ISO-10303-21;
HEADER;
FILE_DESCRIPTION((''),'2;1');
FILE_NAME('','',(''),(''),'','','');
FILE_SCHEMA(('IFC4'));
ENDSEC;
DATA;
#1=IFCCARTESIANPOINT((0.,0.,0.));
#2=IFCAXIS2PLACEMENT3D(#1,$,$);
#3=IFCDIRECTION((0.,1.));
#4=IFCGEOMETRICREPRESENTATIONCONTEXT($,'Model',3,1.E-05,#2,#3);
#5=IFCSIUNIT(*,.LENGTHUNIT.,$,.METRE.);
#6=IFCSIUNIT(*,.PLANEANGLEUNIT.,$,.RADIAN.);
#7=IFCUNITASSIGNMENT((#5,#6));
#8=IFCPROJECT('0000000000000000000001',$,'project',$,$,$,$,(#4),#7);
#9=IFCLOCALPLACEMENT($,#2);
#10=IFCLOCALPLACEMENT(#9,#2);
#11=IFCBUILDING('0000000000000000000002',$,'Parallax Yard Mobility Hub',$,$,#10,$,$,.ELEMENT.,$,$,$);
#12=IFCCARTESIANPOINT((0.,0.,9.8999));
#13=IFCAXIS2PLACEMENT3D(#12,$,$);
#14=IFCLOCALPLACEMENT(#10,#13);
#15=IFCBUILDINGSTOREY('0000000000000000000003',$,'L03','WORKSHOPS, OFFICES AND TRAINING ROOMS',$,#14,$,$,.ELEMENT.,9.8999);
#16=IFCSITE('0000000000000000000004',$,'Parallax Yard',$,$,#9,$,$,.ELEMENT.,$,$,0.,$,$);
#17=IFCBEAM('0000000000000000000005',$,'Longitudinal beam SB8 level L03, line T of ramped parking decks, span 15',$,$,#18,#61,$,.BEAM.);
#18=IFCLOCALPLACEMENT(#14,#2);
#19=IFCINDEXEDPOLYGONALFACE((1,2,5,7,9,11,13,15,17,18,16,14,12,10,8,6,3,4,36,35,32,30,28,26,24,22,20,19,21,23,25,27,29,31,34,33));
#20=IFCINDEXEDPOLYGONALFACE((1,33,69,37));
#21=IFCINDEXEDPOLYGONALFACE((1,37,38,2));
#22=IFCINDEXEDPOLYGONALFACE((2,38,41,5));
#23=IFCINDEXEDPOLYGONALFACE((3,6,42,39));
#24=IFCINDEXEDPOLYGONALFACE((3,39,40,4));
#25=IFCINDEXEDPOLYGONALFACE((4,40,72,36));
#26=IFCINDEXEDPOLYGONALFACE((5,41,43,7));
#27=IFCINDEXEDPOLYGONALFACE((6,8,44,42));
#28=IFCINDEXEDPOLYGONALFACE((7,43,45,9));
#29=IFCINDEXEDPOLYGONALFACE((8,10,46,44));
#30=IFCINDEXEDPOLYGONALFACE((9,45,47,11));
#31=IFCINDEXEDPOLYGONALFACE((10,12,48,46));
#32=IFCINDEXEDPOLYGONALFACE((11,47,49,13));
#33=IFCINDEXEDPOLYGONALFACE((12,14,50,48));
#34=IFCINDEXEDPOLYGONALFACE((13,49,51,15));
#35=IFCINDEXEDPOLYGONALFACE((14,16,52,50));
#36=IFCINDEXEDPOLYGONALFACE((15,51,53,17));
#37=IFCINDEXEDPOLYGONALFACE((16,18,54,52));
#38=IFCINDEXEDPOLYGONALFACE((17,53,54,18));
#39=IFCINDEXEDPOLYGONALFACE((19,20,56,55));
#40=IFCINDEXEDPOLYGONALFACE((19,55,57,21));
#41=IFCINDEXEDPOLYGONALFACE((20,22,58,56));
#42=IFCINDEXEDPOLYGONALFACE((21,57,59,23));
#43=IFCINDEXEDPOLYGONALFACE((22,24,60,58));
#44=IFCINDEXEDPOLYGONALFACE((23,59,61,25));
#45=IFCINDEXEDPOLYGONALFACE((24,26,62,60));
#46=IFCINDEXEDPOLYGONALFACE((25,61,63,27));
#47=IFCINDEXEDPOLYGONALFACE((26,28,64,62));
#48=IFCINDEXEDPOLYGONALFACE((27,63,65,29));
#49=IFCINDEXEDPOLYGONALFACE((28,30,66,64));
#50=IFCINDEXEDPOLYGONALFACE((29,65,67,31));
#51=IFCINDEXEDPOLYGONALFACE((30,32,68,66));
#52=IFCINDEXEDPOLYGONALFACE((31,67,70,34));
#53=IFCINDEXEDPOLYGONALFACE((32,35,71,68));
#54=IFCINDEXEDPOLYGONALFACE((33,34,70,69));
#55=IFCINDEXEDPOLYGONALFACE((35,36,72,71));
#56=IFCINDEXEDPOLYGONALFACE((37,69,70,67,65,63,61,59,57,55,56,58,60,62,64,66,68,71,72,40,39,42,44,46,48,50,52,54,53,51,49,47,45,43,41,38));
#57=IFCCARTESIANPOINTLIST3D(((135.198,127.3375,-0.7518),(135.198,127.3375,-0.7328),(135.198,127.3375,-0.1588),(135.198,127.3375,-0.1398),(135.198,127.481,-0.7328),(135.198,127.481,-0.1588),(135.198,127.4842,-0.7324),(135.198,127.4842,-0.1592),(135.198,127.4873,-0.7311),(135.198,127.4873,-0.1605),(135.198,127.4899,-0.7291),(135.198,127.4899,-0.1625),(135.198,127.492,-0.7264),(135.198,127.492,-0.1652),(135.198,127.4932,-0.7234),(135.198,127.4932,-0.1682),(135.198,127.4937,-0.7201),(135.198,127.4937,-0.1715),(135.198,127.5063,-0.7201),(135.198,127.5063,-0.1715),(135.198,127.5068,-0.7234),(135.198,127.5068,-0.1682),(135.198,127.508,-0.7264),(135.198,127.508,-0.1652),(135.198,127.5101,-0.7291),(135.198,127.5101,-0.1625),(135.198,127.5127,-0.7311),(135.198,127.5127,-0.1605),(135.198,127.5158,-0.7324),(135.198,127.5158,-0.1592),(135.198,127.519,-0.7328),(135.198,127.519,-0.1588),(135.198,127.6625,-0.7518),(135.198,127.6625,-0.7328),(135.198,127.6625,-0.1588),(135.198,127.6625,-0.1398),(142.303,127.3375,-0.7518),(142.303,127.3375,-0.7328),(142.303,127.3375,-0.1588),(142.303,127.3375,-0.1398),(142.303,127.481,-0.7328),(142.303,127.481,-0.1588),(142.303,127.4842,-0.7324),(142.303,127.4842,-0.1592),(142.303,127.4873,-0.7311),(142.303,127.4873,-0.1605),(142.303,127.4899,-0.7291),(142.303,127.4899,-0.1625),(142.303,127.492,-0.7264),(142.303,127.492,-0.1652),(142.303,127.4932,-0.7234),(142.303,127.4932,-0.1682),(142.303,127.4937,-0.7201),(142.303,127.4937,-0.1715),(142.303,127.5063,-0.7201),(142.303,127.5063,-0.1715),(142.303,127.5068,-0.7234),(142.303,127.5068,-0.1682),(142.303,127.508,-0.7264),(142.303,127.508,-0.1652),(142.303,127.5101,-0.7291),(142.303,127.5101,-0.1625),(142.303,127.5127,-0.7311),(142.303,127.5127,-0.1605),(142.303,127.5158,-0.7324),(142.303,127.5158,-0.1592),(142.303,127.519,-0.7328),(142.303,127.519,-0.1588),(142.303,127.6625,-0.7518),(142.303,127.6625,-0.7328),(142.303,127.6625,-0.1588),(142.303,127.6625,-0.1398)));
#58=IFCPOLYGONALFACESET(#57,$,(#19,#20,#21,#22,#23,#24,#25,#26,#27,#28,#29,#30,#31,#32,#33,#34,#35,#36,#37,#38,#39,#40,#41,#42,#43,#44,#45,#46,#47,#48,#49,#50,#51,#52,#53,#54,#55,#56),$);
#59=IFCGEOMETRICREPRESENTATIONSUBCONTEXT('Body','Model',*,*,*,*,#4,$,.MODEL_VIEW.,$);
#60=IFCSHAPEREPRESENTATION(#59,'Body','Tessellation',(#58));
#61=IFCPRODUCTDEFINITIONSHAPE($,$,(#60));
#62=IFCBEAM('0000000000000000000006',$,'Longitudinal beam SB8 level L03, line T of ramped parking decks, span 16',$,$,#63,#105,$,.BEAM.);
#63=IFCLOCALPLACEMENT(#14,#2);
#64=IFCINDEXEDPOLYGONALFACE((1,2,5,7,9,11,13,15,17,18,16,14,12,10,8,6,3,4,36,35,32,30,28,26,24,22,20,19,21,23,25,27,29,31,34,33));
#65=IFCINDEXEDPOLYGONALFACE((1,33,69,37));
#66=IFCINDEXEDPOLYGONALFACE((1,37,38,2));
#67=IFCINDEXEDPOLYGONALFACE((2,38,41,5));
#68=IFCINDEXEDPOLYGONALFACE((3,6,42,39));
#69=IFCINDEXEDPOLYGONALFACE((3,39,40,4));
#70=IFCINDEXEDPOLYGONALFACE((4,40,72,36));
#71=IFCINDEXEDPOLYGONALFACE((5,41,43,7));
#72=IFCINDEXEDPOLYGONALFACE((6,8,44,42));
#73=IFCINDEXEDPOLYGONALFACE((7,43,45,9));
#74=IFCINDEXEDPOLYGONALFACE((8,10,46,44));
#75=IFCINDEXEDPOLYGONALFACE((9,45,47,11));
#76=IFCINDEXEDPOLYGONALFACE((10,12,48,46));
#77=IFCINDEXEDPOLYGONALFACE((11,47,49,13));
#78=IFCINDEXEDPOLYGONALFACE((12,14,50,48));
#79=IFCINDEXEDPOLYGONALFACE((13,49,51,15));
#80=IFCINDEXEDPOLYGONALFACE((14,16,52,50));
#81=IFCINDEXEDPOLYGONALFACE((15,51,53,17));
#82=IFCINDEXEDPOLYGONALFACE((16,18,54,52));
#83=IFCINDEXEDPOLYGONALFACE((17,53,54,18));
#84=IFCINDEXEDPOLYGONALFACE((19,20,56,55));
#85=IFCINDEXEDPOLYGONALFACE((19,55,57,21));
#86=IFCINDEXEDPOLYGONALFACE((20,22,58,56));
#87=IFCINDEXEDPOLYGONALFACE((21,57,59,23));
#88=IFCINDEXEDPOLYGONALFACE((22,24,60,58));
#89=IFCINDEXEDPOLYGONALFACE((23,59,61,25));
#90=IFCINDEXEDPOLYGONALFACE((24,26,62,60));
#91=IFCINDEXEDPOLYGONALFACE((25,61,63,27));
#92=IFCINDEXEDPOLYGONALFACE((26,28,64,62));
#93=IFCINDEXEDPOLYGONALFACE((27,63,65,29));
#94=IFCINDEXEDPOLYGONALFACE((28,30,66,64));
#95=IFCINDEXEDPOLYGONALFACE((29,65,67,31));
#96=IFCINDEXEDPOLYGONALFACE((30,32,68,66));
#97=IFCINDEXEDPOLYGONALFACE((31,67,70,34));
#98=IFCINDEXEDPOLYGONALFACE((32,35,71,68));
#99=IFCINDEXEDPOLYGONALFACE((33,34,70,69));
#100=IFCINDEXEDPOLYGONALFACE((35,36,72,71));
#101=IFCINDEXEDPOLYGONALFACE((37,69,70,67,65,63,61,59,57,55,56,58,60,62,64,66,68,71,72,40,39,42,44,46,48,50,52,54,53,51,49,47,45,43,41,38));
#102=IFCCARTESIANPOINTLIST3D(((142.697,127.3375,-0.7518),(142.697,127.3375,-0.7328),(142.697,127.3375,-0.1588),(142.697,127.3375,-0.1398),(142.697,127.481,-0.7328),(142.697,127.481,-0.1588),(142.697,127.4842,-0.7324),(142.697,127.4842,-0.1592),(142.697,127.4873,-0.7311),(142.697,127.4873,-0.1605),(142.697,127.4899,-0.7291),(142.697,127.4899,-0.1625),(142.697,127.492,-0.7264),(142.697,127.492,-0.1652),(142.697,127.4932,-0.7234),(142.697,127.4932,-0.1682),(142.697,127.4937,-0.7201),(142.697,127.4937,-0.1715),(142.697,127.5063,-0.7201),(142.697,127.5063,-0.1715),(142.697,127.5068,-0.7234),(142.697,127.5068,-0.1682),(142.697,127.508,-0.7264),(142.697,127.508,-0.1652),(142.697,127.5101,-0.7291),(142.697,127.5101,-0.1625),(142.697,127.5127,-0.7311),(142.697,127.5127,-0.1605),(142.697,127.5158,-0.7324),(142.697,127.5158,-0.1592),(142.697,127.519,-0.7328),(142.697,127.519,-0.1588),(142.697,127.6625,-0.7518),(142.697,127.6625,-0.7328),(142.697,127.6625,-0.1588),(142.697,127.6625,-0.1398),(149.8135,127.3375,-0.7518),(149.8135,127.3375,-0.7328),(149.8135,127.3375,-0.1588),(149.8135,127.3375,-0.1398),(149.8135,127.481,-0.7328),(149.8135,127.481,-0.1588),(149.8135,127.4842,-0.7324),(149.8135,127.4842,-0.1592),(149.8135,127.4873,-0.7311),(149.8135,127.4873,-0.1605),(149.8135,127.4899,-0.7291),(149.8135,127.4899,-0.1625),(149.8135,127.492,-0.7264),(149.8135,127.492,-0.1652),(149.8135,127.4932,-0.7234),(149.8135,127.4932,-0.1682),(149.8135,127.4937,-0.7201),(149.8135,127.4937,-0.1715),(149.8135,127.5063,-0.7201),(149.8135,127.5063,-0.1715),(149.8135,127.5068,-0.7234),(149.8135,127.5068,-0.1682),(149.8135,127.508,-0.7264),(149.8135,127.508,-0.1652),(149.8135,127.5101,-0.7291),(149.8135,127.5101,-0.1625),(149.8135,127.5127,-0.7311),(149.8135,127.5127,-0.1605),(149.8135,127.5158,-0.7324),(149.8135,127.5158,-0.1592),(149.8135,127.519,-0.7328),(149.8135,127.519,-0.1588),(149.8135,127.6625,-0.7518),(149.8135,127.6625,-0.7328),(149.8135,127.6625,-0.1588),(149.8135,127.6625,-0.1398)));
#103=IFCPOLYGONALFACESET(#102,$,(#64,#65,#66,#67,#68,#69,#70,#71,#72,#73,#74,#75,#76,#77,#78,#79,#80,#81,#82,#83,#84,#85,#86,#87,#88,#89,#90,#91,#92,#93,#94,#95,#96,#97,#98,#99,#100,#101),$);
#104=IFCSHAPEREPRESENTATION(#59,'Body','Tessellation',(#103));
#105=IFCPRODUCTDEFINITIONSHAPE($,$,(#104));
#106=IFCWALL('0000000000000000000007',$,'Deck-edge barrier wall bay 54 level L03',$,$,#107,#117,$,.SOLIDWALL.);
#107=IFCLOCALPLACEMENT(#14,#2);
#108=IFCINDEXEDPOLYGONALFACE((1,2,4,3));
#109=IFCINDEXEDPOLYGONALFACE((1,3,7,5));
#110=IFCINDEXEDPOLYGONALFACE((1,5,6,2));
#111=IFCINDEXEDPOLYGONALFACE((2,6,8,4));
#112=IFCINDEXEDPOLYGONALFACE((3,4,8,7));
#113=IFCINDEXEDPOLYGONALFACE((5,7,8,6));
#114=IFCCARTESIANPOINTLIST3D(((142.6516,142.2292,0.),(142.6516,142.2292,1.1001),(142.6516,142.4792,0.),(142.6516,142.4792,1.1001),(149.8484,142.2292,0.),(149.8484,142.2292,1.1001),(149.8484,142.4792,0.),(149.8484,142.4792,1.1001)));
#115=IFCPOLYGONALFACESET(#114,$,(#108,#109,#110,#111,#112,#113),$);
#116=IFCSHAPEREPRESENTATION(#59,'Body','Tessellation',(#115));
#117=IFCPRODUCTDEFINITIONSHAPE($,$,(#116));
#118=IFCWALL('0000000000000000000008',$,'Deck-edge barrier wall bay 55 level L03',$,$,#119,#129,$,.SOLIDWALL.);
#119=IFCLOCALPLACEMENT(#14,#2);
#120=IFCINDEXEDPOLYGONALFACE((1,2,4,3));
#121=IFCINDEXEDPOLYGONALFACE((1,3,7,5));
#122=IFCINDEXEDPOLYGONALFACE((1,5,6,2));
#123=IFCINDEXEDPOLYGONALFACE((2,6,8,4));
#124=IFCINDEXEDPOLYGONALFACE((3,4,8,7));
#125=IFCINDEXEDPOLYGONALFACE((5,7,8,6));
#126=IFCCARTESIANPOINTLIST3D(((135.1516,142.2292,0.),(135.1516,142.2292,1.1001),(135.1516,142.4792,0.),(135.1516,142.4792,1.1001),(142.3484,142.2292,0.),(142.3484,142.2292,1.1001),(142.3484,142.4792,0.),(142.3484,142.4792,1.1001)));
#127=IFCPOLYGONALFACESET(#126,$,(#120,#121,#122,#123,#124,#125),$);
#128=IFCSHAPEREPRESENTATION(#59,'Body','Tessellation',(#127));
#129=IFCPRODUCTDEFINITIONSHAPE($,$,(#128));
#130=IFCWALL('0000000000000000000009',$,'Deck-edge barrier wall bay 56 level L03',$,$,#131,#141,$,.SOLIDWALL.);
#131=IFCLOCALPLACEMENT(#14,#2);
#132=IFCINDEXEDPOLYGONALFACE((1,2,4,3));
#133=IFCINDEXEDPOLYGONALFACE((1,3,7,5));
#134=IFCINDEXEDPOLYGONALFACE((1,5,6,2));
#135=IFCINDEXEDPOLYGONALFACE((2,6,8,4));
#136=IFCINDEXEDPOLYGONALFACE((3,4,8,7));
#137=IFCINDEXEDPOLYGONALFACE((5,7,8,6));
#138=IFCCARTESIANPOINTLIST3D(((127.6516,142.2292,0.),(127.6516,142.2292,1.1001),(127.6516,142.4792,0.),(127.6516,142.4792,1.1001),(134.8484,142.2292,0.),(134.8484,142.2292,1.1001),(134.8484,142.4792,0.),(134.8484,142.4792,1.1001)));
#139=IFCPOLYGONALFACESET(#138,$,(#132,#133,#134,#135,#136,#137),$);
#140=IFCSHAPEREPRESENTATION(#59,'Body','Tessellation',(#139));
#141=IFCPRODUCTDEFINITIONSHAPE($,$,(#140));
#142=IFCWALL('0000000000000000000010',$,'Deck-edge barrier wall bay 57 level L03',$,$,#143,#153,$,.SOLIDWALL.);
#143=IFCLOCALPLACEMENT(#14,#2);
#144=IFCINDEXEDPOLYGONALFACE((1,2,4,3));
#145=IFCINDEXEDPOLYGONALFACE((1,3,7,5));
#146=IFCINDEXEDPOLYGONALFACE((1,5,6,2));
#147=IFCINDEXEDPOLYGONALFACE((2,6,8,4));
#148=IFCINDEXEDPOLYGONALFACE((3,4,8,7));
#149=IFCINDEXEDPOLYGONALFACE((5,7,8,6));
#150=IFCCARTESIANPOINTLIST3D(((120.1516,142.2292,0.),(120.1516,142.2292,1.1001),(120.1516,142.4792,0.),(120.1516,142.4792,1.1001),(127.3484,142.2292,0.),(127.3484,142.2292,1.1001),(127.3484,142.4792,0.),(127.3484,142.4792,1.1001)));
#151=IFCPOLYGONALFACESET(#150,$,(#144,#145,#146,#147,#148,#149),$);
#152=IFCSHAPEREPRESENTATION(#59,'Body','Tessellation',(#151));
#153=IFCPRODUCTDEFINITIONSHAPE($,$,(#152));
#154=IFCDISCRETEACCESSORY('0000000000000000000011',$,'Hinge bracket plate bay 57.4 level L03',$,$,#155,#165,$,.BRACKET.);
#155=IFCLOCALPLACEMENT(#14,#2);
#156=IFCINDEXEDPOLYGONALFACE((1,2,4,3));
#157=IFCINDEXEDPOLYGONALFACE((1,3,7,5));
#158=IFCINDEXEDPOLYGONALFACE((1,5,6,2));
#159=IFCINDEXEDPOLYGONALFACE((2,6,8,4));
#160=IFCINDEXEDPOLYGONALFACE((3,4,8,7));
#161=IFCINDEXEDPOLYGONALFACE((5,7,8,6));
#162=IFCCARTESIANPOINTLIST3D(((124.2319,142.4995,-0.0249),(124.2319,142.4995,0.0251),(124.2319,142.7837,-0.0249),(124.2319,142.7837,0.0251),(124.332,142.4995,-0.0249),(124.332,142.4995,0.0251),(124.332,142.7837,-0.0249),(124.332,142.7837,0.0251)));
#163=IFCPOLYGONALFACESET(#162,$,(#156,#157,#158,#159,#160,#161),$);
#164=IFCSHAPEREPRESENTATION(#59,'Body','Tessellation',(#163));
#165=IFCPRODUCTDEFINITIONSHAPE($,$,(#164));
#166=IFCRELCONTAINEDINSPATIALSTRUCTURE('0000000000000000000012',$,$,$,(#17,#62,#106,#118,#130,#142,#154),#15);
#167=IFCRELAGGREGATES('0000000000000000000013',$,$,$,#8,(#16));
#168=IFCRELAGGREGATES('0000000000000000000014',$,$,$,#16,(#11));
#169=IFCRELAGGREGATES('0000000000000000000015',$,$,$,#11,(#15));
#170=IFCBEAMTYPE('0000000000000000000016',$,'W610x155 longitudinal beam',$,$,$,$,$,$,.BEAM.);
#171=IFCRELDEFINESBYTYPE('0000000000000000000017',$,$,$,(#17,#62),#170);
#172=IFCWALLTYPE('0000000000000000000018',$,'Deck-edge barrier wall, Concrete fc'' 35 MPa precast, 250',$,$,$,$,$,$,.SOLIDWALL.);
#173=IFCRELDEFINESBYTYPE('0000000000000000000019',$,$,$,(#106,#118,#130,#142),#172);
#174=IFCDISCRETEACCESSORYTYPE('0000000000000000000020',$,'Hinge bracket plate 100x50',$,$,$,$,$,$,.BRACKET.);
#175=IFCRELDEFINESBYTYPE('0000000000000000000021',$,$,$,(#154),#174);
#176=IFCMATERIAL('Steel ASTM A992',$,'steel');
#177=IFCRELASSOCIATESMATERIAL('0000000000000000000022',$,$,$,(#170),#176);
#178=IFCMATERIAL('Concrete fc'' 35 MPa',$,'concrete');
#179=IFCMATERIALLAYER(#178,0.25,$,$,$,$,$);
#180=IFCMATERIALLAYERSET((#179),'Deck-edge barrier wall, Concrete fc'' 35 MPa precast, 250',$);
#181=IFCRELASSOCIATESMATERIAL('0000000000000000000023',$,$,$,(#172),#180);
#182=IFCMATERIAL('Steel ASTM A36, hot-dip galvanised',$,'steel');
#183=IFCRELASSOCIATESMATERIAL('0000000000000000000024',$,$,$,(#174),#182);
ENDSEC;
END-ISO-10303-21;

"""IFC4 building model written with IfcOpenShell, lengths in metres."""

from ifc_helpers import new_model, si_unit, direction, frame, frame_2d, origin, origin_2d, place, context, subcontext, project, spatial, rectangle, i_section, extrude, material, layer, layer_set, material_profile, profile_set, type_object, element, save


model = new_model("IFC4")

# Units and contexts
model_context = context("Model", 3, precision=1e-05, world=origin(), true_north=direction((0.0, 1.0)))
body_context = subcontext(model_context, "Body", "Model", "MODEL_VIEW")
ifc_project = project(units=[si_unit("LENGTHUNIT", "METRE"), si_unit("PLANEANGLEUNIT", "RADIAN")], contexts=[model_context])

# Site, building, storey
site_placement = place(None, origin())
site = spatial("IfcSite", under=ifc_project, at=site_placement, Name="Parallax Yard", CompositionType="ELEMENT", RefElevation=0.0)
building_placement = place(site_placement, origin())
building = spatial("IfcBuilding", under=site, at=building_placement, Name="Parallax Yard Mobility Hub", CompositionType="ELEMENT")
storey_placement = place(building_placement, frame((0.0, 0.0, 9.8999)))
storey = spatial("IfcBuildingStorey", under=building, at=storey_placement, Name="L03", Description="WORKSHOPS, OFFICES AND TRAINING ROOMS", CompositionType="ELEMENT", Elevation=9.8999)

# Shared definitions
ifc_material_1 = material(Name="Steel ASTM A992", Category="steel")

# Beams
ifc_material_profile_1 = material_profile(ifc_material_1, i_section(OverallWidth=0.325, OverallDepth=0.6121, WebThickness=0.0127, FlangeThickness=0.019, FilletRadius=0.0127, at=origin_2d()), Name="W610x155")
ifc_profile_set_1 = profile_set([ifc_material_profile_1], Name="Steel ASTM A992")
beam_type_1 = type_object("IfcBeamType", Name="W610x155 longitudinal beam", PredefinedType="BEAM", material=ifc_profile_set_1)
for number, where, z_axis, x_axis, name in (
    (1, (135.198, 127.5, -0.4458), (1.0, 0.0, 0.0), (0.0, 1.0, 0.0), "Longitudinal beam SB8 level L03, line T of ramped parking decks, span 15"),
):
    element("IfcBeam", number, at=place(storey_placement, frame(where, z_axis=z_axis, x_axis=x_axis)), inside=storey, type_object=beam_type_1, Name=name, PredefinedType="BEAM", context=body_context, shape_type="SweptSolid", body=[
        extrude(i_section(OverallWidth=0.325, OverallDepth=0.6121, WebThickness=0.0127, FlangeThickness=0.019, FilletRadius=0.0127, at=origin_2d()), origin(), (0.0, 0.0, 1.0), 7.105),
    ])
beam_1_placement = place(storey_placement, frame((142.697, 127.5, -0.4458), z_axis=(1.0, 0.0, 0.0), x_axis=(0.0, 1.0, 0.0)))
element("IfcBeam", 2, at=beam_1_placement, inside=storey, type_object=beam_type_1, Name="Longitudinal beam SB8 level L03, line T of ramped parking decks, span 16", PredefinedType="BEAM", context=body_context, shape_type="SweptSolid", body=[
    extrude(i_section(OverallWidth=0.325, OverallDepth=0.6121, WebThickness=0.0127, FlangeThickness=0.019, FilletRadius=0.0127, at=origin_2d()), origin(), (0.0, 0.0, 1.0), 7.1165),
])

# Walls
ifc_material_2 = material(Name="Concrete fc' 35 MPa", Category="concrete")
ifc_layer = layer(ifc_material_2, 0.25)
ifc_layer_set = layer_set([ifc_layer], Name="Deck-edge barrier wall, Concrete fc' 35 MPa precast, 250")
wall_type = type_object("IfcWallType", Name="Deck-edge barrier wall, Concrete fc' 35 MPa precast, 250", PredefinedType="SOLIDWALL", material=ifc_layer_set)
for number, where, z_axis, x_axis, name in (
    (3, (149.8484, 142.3542, 0.0), (0.0, 0.0, 1.0), (-1.0, 0.0, 0.0), "Deck-edge barrier wall bay 54 level L03"),
    (4, (142.3484, 142.3542, 0.0), (0.0, 0.0, 1.0), (-1.0, 0.0, 0.0), "Deck-edge barrier wall bay 55 level L03"),
    (5, (134.8484, 142.3542, 0.0), (0.0, 0.0, 1.0), (-1.0, 0.0, 0.0), "Deck-edge barrier wall bay 56 level L03"),
    (6, (127.3484, 142.3542, 0.0), (0.0, 0.0, 1.0), (-1.0, 0.0, 0.0), "Deck-edge barrier wall bay 57 level L03"),
):
    element("IfcWall", number, at=place(storey_placement, frame(where, z_axis=z_axis, x_axis=x_axis)), inside=storey, type_object=wall_type, Name=name, PredefinedType="SOLIDWALL", context=body_context, shape_type="SweptSolid", body=[
        extrude(rectangle(XDim=7.1968, YDim=0.25, at=frame_2d((3.5984, 0.0))), origin(), (0.0, 0.0, 1.0), 1.1001),
    ])

# Discrete accessory
ifc_material_3 = material(Name="Steel ASTM A36, hot-dip galvanised", Category="steel")
discrete_accessory_type = type_object("IfcDiscreteAccessoryType", Name="Hinge bracket plate 100x50", PredefinedType="BRACKET", material=ifc_material_3)
discrete_accessory_placement = place(storey_placement, frame((124.282, 142.6416, -0.0249), z_axis=(0.0, 0.0, 1.0), x_axis=(0.0, 1.0, 0.0)))
element("IfcDiscreteAccessory", 7, at=discrete_accessory_placement, inside=storey, type_object=discrete_accessory_type, Name="Hinge bracket plate bay 57.4 level L03", PredefinedType="BRACKET", context=body_context, shape_type="SweptSolid", body=[
    extrude(rectangle(XDim=0.2842, YDim=0.1001, at=origin_2d()), origin(), (0.0, 0.0, 1.0), 0.05),
])

save(model, "model.ifc")
